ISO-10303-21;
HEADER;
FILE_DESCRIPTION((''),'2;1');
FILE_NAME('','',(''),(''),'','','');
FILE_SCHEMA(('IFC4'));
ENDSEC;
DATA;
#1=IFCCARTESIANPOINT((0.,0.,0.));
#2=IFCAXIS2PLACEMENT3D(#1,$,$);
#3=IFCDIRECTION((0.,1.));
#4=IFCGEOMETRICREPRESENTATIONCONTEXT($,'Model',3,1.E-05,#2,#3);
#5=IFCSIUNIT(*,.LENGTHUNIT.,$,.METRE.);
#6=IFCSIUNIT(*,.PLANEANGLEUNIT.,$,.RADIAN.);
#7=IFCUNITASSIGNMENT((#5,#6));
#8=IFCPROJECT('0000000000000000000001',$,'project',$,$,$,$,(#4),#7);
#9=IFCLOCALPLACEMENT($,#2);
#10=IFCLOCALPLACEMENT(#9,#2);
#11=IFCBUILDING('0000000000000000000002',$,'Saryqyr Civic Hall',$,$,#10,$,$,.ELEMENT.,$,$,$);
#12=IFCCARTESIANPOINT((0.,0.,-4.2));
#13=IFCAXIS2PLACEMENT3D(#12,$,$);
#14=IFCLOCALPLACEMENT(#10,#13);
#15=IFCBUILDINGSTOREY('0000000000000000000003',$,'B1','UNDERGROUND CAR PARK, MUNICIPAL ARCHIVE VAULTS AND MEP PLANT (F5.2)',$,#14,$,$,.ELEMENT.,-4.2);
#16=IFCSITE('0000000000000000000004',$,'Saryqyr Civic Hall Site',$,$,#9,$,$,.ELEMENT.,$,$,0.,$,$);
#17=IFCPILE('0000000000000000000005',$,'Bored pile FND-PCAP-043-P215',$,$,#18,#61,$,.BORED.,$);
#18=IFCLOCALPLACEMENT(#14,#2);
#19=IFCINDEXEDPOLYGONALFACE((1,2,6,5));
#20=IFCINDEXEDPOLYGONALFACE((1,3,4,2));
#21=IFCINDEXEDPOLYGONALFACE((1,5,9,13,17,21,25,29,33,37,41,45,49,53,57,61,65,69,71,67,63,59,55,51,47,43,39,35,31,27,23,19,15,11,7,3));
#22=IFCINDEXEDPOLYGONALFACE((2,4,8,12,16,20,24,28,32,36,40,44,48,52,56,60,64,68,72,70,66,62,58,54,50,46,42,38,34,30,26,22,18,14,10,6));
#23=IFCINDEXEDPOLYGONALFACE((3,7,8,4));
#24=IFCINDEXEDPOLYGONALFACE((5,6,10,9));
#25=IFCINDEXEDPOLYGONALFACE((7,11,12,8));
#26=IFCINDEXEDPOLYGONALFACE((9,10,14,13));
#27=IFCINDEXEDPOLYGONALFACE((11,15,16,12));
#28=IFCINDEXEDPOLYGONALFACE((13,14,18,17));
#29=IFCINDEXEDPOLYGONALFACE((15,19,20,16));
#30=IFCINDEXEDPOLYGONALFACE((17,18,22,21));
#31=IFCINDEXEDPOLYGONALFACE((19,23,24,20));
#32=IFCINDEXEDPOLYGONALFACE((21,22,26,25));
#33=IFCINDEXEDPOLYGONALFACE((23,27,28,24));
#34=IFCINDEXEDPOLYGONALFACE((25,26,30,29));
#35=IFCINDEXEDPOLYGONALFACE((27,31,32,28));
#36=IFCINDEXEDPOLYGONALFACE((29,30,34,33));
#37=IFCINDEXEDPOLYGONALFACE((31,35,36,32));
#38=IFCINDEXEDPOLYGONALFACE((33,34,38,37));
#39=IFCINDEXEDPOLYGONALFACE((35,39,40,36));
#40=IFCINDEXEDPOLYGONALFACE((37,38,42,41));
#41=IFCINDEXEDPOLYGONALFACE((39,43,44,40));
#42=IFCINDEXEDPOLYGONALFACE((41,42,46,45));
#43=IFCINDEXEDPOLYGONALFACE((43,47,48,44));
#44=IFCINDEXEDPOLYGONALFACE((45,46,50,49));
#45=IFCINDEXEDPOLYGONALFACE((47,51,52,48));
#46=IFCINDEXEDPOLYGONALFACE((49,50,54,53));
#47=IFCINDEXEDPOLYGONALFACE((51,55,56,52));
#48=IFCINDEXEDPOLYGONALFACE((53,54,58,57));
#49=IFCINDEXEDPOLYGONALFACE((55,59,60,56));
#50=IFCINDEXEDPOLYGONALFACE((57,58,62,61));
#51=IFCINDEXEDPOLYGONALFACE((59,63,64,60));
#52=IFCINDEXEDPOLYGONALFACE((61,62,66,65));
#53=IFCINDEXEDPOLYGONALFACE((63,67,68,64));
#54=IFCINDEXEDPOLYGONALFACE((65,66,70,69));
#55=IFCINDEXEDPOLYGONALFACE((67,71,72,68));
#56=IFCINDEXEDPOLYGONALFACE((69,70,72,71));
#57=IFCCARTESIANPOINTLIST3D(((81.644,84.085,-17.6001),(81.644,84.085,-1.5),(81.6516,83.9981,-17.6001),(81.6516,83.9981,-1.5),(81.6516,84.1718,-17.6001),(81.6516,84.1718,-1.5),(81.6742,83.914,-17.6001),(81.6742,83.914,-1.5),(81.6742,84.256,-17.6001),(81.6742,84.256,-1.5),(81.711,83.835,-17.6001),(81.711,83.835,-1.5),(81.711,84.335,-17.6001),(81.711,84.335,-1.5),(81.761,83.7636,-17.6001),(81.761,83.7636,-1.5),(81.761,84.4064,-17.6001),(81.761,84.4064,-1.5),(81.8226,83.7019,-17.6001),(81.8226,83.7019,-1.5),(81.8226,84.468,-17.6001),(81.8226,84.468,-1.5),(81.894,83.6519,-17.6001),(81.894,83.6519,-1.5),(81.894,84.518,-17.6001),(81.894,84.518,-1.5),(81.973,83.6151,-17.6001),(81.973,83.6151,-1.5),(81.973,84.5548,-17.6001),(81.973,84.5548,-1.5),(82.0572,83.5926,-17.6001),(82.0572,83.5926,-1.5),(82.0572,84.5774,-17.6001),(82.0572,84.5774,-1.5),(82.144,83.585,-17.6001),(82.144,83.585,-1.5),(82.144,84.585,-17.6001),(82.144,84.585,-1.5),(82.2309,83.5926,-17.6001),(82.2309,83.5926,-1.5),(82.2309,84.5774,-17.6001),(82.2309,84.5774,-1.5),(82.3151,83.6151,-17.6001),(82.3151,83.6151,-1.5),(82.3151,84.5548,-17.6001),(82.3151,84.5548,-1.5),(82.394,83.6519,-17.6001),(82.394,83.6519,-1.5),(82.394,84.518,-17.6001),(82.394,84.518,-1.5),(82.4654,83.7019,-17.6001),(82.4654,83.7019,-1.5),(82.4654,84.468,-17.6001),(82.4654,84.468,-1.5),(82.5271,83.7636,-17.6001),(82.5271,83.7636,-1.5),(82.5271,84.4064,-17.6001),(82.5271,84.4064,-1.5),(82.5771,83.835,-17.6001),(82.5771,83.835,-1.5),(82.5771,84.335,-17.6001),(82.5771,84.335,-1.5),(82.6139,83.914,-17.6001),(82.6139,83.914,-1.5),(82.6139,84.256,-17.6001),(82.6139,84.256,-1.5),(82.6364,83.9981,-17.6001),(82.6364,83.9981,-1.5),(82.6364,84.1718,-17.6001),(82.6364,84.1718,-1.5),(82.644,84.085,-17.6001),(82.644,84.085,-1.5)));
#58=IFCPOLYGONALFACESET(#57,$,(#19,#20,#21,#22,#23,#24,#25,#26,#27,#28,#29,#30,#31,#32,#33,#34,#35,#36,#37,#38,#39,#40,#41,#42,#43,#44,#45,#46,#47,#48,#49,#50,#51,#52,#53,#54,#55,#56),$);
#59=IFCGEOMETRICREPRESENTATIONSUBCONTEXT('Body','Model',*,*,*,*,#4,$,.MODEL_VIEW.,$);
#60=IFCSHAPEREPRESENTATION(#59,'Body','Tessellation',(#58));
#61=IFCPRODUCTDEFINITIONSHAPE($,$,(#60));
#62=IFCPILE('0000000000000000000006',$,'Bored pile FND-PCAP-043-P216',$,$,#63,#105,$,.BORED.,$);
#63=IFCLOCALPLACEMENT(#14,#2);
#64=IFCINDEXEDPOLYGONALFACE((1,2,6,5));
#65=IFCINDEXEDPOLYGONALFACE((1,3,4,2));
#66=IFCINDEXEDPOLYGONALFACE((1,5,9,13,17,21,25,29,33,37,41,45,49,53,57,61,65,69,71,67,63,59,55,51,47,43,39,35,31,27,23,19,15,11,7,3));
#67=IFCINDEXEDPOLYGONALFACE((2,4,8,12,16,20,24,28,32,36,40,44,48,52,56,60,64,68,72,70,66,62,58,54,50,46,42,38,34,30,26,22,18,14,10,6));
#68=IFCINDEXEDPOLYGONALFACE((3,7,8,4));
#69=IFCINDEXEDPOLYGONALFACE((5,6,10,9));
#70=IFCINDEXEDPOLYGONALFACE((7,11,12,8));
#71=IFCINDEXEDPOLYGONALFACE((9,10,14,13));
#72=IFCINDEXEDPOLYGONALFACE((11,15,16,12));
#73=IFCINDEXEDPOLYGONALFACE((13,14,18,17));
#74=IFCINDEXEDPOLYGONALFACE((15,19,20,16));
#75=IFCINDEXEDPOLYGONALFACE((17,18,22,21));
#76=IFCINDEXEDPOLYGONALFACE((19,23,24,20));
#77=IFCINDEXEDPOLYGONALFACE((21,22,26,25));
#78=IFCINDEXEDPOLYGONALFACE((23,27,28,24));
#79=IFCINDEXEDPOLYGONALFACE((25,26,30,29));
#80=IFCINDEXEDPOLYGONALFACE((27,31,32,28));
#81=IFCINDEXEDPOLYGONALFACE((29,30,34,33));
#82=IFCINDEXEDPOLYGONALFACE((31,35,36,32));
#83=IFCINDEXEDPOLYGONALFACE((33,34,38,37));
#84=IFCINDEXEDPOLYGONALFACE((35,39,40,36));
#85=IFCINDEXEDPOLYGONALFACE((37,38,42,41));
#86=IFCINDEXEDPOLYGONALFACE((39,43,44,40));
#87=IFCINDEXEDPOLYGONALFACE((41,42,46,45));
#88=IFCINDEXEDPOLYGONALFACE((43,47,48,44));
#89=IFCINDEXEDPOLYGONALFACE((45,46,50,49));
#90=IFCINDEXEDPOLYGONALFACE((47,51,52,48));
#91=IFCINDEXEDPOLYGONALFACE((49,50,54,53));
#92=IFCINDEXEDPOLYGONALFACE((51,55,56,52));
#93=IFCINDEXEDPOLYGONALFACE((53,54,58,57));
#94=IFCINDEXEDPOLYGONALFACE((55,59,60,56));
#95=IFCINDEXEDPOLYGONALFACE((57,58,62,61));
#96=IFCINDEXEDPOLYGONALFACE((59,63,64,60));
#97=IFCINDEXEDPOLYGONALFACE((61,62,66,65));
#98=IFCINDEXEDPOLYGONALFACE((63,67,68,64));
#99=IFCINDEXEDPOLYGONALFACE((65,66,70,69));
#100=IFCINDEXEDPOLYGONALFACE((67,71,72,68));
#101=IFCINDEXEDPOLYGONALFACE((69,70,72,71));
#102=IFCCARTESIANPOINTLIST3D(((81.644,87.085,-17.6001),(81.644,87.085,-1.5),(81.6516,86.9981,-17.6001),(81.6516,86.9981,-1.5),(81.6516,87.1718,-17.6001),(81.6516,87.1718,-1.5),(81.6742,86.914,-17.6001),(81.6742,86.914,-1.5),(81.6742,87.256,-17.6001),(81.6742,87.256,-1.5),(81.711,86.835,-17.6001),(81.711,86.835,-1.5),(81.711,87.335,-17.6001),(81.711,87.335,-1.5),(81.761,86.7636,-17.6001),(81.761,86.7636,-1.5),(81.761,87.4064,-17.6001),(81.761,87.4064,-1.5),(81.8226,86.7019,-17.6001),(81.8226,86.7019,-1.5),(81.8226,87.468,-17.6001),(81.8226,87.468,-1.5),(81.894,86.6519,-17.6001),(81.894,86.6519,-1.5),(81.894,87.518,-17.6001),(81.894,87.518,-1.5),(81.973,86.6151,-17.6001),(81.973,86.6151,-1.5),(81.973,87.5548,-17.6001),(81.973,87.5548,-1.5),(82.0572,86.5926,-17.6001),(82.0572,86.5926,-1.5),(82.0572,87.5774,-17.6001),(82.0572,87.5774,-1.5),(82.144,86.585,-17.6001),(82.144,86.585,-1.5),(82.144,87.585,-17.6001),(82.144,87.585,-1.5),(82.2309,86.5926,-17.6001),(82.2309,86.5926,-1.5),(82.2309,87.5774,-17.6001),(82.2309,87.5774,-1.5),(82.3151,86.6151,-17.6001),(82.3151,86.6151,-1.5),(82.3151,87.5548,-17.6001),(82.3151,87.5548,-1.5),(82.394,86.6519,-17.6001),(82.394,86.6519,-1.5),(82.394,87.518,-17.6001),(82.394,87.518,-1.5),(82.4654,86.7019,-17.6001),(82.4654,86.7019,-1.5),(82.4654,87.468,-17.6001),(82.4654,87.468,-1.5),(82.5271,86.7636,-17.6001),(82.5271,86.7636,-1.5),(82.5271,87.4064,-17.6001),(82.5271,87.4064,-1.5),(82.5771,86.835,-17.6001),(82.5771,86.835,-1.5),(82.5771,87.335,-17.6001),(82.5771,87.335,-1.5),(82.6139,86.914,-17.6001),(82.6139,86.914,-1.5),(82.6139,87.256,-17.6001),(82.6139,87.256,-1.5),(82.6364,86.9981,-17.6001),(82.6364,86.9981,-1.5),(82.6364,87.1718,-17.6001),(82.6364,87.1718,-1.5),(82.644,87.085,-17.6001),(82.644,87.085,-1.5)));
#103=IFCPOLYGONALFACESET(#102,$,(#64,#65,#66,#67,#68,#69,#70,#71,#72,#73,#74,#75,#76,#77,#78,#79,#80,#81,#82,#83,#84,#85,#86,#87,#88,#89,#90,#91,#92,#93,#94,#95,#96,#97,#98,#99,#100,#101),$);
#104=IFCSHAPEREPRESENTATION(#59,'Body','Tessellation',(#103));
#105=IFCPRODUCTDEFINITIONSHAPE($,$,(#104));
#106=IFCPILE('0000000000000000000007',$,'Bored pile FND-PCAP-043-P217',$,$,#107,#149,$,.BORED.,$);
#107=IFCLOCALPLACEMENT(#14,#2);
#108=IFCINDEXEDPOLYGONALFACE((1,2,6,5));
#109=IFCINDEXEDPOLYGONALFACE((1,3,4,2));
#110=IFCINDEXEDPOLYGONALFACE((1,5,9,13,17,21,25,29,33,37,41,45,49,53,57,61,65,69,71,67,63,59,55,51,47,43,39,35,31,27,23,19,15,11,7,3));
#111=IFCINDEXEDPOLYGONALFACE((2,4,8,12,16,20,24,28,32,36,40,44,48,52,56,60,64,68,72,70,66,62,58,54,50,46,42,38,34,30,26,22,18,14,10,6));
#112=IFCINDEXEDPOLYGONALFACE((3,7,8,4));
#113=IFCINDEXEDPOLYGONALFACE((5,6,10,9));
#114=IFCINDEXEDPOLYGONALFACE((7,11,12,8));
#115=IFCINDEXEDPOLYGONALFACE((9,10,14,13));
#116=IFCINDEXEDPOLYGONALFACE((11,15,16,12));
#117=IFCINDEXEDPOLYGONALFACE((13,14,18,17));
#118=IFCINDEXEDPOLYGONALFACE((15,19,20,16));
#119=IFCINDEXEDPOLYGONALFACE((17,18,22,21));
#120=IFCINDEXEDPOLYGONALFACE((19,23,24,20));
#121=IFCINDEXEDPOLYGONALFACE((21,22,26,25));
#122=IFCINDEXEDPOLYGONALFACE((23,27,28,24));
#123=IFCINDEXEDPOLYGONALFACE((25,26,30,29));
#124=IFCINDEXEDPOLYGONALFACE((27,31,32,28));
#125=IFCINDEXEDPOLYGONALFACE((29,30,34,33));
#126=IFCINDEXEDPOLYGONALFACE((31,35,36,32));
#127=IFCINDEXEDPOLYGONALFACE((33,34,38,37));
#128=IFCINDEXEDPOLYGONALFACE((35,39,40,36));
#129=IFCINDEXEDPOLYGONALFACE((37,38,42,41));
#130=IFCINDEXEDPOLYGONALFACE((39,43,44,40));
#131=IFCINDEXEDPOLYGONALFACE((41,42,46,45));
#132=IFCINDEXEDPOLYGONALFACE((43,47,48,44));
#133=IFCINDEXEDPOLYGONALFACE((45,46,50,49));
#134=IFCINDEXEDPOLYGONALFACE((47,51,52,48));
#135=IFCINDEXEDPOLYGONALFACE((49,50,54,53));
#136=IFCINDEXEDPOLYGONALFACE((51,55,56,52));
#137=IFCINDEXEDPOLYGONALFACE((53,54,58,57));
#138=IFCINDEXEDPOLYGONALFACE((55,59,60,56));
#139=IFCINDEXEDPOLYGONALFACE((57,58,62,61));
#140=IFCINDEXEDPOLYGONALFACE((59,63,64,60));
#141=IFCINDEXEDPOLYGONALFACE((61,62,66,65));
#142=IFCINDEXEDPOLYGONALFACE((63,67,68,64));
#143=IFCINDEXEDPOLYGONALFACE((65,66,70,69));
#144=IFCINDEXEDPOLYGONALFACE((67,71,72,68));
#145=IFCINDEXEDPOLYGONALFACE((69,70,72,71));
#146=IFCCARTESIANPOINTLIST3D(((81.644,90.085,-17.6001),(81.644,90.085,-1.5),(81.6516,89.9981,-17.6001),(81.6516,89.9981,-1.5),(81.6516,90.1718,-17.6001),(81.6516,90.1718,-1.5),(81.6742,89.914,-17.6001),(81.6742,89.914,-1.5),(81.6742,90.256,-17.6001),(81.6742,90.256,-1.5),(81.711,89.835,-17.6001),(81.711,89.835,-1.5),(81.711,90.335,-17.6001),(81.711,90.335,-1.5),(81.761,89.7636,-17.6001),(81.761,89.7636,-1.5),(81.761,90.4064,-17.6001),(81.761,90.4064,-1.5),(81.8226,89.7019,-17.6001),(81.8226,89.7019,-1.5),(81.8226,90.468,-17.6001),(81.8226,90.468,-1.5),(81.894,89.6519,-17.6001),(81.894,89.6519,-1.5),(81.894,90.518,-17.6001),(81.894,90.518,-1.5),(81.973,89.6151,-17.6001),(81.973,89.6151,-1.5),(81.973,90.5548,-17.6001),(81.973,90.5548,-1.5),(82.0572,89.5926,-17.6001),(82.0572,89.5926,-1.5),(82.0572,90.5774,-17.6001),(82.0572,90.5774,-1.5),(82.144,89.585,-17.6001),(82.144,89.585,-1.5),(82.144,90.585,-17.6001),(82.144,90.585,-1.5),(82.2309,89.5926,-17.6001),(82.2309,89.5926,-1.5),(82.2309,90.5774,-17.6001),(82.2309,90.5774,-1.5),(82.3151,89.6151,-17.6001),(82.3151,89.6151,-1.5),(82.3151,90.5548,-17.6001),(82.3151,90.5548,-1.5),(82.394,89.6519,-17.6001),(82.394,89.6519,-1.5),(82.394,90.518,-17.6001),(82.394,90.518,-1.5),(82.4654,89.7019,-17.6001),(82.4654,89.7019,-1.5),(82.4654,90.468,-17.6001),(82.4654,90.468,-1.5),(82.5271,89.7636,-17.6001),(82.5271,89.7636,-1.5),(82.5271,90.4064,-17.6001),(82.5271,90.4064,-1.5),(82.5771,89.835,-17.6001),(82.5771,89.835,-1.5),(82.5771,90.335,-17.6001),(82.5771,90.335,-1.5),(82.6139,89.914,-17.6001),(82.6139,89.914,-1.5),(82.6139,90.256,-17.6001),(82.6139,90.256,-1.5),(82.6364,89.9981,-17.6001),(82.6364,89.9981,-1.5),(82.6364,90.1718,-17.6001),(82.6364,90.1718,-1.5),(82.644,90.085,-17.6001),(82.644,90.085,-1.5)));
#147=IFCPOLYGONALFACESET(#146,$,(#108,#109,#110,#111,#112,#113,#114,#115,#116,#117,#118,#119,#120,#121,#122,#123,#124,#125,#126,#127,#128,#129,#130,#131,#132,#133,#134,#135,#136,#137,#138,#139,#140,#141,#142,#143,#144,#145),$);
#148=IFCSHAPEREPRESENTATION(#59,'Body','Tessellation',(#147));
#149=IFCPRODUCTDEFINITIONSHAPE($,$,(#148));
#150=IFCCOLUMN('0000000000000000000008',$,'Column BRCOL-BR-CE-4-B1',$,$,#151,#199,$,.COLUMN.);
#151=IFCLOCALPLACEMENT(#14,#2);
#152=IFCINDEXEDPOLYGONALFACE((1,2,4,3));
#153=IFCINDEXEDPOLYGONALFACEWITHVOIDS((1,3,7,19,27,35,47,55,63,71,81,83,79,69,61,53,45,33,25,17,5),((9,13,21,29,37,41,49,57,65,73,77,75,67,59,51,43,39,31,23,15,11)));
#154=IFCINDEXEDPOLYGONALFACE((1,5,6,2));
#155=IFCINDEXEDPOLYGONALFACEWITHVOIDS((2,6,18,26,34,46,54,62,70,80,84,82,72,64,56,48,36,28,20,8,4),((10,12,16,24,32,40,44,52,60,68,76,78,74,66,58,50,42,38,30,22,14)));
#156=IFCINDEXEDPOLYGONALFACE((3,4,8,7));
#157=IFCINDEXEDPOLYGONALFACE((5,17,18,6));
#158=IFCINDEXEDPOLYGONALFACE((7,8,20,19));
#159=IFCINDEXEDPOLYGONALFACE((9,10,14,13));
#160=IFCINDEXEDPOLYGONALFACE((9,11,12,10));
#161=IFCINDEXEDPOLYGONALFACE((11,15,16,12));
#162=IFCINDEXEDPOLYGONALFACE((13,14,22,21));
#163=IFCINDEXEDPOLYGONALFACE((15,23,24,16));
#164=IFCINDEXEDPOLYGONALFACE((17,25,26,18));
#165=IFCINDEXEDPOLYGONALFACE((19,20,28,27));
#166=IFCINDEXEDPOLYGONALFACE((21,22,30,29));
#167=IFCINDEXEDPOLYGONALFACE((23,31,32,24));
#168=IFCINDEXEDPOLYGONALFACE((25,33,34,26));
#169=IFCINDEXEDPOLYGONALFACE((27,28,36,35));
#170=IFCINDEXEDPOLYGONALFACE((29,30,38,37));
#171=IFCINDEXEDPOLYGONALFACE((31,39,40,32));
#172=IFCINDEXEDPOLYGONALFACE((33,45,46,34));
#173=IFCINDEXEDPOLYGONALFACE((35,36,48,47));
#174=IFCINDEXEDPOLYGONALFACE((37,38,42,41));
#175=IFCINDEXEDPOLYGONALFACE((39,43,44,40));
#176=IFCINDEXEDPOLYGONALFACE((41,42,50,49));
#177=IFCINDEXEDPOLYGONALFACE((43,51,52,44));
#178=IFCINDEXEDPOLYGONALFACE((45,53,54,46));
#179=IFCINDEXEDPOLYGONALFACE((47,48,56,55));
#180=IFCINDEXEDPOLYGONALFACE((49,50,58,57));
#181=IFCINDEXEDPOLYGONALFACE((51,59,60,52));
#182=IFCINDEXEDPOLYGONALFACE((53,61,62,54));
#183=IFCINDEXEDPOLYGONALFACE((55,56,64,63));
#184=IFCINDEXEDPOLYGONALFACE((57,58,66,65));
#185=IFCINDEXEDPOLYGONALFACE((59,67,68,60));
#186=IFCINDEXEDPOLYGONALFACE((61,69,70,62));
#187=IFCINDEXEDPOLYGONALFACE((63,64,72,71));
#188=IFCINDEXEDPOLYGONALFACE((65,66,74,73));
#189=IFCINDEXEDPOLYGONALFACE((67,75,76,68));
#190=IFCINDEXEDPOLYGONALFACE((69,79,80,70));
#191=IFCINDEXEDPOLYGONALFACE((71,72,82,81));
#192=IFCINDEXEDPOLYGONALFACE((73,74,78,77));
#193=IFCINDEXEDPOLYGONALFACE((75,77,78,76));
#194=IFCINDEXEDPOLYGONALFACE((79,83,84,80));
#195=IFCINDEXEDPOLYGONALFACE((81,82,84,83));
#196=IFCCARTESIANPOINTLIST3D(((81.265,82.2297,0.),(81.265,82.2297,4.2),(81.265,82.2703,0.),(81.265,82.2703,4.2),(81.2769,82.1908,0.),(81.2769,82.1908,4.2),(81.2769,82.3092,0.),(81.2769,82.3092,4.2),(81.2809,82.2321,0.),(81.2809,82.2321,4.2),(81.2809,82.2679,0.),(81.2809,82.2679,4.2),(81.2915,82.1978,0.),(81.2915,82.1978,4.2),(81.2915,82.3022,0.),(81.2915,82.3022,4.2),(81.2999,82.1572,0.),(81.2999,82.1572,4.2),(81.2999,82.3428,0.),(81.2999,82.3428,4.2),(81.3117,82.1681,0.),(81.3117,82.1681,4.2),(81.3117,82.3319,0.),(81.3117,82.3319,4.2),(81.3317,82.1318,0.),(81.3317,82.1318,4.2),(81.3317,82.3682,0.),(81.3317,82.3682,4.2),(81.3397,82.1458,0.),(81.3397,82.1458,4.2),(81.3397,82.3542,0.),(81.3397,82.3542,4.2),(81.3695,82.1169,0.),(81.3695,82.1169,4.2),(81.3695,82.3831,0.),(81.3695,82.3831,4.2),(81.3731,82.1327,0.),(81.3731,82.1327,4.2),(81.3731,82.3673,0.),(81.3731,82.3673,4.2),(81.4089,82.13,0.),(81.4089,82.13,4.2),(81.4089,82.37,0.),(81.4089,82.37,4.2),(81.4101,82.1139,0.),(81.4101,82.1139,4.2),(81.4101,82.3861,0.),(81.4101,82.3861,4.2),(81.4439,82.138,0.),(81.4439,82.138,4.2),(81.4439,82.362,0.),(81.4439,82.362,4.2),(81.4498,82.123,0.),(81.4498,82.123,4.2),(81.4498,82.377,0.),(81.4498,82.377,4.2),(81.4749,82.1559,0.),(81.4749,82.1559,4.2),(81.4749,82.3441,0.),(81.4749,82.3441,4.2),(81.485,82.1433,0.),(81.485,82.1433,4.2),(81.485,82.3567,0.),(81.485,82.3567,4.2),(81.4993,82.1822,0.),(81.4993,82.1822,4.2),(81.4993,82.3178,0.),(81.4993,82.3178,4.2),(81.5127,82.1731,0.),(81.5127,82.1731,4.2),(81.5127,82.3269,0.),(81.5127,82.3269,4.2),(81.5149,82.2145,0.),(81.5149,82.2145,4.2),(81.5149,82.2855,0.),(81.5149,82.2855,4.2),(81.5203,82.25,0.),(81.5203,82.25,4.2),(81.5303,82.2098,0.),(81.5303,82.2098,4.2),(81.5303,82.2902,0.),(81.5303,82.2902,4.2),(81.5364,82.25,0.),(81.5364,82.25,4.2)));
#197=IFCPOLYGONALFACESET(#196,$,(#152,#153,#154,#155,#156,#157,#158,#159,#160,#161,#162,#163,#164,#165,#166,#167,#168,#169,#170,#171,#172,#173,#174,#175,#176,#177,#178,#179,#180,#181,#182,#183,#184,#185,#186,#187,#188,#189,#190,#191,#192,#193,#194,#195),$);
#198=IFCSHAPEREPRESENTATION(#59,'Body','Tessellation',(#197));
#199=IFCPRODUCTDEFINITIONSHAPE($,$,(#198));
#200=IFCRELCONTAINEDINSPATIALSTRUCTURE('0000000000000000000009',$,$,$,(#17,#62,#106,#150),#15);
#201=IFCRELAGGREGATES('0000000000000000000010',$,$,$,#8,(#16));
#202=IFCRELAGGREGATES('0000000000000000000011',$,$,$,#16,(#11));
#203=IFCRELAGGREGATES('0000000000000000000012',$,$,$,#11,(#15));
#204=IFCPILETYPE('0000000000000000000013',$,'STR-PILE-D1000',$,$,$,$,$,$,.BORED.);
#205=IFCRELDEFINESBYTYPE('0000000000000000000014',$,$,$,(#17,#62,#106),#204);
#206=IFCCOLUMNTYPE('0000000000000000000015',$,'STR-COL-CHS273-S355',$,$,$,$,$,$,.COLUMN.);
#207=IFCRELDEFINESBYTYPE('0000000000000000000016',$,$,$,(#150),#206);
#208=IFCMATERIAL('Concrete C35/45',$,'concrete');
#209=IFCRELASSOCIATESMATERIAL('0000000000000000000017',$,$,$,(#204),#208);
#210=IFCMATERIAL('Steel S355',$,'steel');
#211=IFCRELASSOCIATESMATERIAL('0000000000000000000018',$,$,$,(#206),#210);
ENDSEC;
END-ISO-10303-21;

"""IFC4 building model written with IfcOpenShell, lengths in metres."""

from ifc_helpers import new_model, si_unit, direction, frame, origin, origin_2d, place, context, subcontext, project, spatial, circle, hollow_circle, extrude, material, material_profile, profile_set, type_object, element, save


model = new_model("IFC4")

# Units and contexts
model_context = context("Model", 3, precision=1e-05, world=origin(), true_north=direction((0.0, 1.0)))
body_context = subcontext(model_context, "Body", "Model", "MODEL_VIEW")
ifc_project = project(units=[si_unit("LENGTHUNIT", "METRE"), si_unit("PLANEANGLEUNIT", "RADIAN")], contexts=[model_context])

# Site, building, storey
site_placement = place(None, origin())
site = spatial("IfcSite", under=ifc_project, at=site_placement, Name="Saryqyr Civic Hall Site", CompositionType="ELEMENT", RefElevation=0.0)
building_placement = place(site_placement, origin())
building = spatial("IfcBuilding", under=site, at=building_placement, Name="Saryqyr Civic Hall", CompositionType="ELEMENT")
storey_placement = place(building_placement, frame((0.0, 0.0, -4.2)))
storey = spatial("IfcBuildingStorey", under=building, at=storey_placement, Name="B1", Description="UNDERGROUND CAR PARK, MUNICIPAL ARCHIVE VAULTS AND MEP PLANT (F5.2)", CompositionType="ELEMENT", Elevation=-4.2)

# Piles
ifc_material_1 = material(Name="Concrete C35/45", Category="concrete")
ifc_material_profile_1 = material_profile(ifc_material_1, circle(Radius=0.5, at=origin_2d()), Name="BORED PILE D1000")
ifc_profile_set_1 = profile_set([ifc_material_profile_1], Name="Concrete C35/45")
pile_type = type_object("IfcPileType", Name="STR-PILE-D1000", PredefinedType="BORED", material=ifc_profile_set_1)
for number, where, z_axis, x_axis, name in (
    (1, (82.144, 84.085, -1.5), (0.0, 0.0, -1.0), (1.0, 0.0, 0.0), "Bored pile FND-PCAP-043-P215"),
    (2, (82.144, 87.085, -1.5), (0.0, 0.0, -1.0), (1.0, 0.0, 0.0), "Bored pile FND-PCAP-043-P216"),
    (3, (82.144, 90.085, -1.5), (0.0, 0.0, -1.0), (1.0, 0.0, 0.0), "Bored pile FND-PCAP-043-P217"),
):
    element("IfcPile", number, at=place(storey_placement, frame(where, z_axis=z_axis, x_axis=x_axis)), inside=storey, type_object=pile_type, Name=name, PredefinedType="BORED", context=body_context, shape_type="SweptSolid", body=[
        extrude(circle(Radius=0.5, at=origin_2d()), origin(), (0.0, 0.0, 1.0), 16.1001),
    ])

# Column
ifc_material_2 = material(Name="Steel S355", Category="steel")
ifc_material_profile_2 = material_profile(ifc_material_2, hollow_circle(Radius=0.1365, WallThickness=0.0161, at=origin_2d()), Name="CHS 273x16")
ifc_profile_set_2 = profile_set([ifc_material_profile_2], Name="Steel S355")
column_type_1 = type_object("IfcColumnType", Name="STR-COL-CHS273-S355", PredefinedType="COLUMN", material=ifc_profile_set_2)
column_1_placement = place(storey_placement, frame((81.3999, 82.25, 0.0), z_axis=(0.0, 0.0, 1.0), x_axis=(1.0, 0.0, 0.0)))
element("IfcColumn", 4, at=column_1_placement, inside=storey, type_object=column_type_1, Name="Column BRCOL-BR-CE-4-B1", PredefinedType="COLUMN", context=body_context, shape_type="SweptSolid", body=[
    extrude(hollow_circle(Radius=0.1365, WallThickness=0.0161, at=origin_2d()), origin(), (0.0, 0.0, 1.0), 4.2),
])

save(model, "model.ifc")
